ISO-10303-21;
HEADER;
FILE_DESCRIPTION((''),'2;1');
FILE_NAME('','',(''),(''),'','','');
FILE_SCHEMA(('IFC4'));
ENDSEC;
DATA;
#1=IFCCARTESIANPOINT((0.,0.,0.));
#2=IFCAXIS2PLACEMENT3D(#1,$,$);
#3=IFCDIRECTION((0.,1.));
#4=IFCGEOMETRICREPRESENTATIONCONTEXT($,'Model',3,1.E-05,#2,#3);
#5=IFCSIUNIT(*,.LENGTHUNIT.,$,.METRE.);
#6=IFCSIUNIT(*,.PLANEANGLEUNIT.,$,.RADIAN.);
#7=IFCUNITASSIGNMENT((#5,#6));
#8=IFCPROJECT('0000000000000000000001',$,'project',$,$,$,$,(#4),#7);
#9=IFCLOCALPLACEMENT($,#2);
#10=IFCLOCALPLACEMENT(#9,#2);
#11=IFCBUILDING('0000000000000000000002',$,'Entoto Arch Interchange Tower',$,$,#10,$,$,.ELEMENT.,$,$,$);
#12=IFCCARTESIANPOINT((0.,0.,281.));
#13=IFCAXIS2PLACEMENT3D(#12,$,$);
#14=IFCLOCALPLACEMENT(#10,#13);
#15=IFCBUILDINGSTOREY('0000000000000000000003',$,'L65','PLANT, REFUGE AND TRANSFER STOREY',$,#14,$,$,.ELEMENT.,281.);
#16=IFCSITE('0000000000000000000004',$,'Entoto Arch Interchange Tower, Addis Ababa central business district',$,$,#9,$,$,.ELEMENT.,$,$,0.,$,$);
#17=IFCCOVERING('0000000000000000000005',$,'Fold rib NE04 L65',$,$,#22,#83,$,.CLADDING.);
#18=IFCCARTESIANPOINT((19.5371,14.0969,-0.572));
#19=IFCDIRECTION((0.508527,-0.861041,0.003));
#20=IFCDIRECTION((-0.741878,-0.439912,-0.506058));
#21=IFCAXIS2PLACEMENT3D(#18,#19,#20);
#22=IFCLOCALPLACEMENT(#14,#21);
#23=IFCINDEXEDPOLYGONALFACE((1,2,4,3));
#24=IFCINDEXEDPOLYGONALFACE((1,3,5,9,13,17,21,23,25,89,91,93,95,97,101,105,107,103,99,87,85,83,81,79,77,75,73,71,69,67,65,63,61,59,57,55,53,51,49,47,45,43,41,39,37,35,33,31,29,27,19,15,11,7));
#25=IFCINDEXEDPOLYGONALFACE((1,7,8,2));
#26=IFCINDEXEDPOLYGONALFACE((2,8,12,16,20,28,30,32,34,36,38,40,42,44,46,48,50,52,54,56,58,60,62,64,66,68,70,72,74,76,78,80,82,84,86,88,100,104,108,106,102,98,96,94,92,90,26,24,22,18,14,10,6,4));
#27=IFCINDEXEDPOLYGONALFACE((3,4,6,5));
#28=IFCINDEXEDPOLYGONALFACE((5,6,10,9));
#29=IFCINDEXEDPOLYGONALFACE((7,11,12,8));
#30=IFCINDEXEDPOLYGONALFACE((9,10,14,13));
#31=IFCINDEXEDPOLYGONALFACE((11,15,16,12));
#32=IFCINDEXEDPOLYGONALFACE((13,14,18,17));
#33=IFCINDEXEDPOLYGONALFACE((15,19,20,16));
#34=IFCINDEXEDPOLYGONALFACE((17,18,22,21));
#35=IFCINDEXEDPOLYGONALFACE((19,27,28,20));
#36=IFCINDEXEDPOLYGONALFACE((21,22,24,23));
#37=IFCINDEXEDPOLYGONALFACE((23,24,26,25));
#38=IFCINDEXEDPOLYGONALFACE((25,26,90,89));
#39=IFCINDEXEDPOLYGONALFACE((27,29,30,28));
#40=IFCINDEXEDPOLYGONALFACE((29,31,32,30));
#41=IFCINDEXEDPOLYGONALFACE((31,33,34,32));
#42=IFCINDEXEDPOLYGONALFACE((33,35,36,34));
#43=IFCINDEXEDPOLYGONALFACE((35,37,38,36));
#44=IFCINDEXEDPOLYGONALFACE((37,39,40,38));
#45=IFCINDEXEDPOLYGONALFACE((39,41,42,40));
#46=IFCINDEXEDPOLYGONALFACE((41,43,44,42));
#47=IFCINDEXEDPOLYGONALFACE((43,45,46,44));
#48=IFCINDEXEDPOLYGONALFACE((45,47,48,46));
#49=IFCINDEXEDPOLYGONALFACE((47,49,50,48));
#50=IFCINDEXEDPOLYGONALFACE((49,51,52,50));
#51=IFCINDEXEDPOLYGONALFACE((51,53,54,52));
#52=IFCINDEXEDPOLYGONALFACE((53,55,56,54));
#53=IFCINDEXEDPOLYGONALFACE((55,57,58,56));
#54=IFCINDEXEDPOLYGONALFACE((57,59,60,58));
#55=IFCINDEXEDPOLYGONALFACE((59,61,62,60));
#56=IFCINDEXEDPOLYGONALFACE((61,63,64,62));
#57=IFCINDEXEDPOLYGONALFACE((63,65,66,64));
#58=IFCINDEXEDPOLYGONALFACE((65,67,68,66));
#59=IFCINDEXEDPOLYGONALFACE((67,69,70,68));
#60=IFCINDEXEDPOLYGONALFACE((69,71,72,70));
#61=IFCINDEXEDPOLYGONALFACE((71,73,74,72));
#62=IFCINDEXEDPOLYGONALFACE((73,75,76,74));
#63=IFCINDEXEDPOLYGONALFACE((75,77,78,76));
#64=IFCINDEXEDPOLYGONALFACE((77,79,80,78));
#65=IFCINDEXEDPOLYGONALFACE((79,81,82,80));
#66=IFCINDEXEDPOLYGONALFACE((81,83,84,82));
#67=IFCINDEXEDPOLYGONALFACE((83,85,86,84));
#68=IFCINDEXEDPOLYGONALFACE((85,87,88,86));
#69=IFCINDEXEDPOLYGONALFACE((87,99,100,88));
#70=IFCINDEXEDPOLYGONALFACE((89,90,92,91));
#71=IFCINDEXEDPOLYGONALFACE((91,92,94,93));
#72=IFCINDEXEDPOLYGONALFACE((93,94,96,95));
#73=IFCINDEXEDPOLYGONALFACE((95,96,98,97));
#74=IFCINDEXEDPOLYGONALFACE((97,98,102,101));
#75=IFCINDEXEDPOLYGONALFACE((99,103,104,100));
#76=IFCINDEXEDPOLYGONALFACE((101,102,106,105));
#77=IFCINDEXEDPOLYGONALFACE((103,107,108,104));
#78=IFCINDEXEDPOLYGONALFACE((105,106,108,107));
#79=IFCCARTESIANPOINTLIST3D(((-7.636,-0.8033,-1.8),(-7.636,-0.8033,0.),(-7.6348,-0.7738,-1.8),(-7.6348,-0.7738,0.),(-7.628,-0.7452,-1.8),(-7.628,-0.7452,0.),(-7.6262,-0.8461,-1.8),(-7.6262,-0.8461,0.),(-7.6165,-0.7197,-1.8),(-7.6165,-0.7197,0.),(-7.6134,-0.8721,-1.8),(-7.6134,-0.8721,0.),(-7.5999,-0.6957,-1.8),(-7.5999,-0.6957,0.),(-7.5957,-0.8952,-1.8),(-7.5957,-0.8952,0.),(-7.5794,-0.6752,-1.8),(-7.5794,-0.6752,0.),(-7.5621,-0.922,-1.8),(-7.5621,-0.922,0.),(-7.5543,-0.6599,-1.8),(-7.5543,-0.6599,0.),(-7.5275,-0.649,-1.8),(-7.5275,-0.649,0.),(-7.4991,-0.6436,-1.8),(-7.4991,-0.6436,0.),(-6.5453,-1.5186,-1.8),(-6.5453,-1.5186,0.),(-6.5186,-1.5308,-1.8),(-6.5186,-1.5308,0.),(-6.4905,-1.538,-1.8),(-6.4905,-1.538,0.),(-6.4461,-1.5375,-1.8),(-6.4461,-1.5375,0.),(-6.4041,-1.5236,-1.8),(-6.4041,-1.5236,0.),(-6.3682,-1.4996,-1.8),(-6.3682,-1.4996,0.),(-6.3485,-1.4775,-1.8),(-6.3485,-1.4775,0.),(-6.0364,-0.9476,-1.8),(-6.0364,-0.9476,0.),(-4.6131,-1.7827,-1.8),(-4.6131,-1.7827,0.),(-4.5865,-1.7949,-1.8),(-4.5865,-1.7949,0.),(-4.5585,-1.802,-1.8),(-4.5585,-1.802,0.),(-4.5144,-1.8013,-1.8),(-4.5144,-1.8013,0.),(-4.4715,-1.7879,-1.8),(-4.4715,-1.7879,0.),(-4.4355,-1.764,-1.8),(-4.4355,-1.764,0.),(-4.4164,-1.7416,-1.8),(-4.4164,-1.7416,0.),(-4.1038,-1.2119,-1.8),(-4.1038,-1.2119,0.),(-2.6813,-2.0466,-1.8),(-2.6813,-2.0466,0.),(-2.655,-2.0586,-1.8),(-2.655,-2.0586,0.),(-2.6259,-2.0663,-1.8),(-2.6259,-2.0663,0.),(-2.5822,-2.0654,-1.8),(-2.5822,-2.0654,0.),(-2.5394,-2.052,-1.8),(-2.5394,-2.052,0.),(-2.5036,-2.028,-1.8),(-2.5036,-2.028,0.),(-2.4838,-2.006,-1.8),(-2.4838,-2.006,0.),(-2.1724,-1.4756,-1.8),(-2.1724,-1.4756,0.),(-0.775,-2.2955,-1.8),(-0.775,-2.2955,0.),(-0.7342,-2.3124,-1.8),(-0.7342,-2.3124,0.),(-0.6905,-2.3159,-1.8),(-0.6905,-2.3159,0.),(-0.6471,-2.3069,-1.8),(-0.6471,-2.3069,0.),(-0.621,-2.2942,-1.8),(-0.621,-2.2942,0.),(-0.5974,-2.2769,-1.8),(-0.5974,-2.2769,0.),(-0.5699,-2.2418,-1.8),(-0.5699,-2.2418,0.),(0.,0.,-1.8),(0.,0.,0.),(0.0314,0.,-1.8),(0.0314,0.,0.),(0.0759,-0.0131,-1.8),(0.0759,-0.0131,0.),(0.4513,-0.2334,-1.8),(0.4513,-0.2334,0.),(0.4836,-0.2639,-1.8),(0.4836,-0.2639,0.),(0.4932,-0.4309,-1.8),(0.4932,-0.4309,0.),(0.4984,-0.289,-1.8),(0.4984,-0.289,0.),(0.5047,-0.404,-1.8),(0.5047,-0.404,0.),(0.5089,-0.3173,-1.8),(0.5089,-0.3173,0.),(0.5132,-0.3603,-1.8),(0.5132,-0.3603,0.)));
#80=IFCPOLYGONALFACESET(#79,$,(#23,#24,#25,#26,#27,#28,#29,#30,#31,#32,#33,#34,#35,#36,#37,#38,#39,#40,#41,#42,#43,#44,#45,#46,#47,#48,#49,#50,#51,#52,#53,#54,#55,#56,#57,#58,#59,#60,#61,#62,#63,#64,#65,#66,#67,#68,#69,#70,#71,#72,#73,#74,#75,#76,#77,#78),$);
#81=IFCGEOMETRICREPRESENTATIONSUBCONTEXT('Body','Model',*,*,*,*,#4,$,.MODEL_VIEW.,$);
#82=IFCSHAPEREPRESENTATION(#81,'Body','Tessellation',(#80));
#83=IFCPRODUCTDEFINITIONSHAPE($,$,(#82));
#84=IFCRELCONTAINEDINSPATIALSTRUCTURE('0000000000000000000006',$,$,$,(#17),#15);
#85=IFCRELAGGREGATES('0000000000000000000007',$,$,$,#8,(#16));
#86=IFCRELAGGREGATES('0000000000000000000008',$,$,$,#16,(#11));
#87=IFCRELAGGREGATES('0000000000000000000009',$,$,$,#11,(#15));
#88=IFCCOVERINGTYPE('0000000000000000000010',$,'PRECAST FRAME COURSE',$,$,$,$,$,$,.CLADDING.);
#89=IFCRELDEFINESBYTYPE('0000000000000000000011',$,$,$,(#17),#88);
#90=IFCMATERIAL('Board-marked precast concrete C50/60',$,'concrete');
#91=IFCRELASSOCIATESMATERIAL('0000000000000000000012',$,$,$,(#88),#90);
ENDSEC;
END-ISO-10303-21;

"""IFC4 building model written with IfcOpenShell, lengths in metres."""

from ifc_helpers import new_model, si_unit, direction, frame, origin, place, context, subcontext, project, spatial, polyline, outline, extrude, material, type_object, element, save


model = new_model("IFC4")

# Units and contexts
model_context = context("Model", 3, precision=1e-05, world=origin(), true_north=direction((0.0, 1.0)))
body_context = subcontext(model_context, "Body", "Model", "MODEL_VIEW")
ifc_project = project(units=[si_unit("LENGTHUNIT", "METRE"), si_unit("PLANEANGLEUNIT", "RADIAN")], contexts=[model_context])

# Site, building, storey
site_placement = place(None, origin())
site = spatial("IfcSite", under=ifc_project, at=site_placement, Name="Entoto Arch Interchange Tower, Addis Ababa central business district", CompositionType="ELEMENT", RefElevation=0.0)
building_placement = place(site_placement, origin())
building = spatial("IfcBuilding", under=site, at=building_placement, Name="Entoto Arch Interchange Tower", CompositionType="ELEMENT")
storey_placement = place(building_placement, frame((0.0, 0.0, 281.0)))
storey = spatial("IfcBuildingStorey", under=building, at=storey_placement, Name="L65", Description="PLANT, REFUGE AND TRANSFER STOREY", CompositionType="ELEMENT", Elevation=281.0)

# Shared definitions
ifc_material_1 = material(Name="Board-marked precast concrete C50/60", Category="concrete")

# Covering
covering_type = type_object("IfcCoveringType", Name="PRECAST FRAME COURSE", PredefinedType="CLADDING", material=ifc_material_1)
covering_placement = place(storey_placement, frame((19.5371, 14.0969, -0.572), z_axis=(0.508527, -0.861041, 0.003), x_axis=(-0.741878, -0.439912, -0.506058)))
element("IfcCovering", 1, at=covering_placement, inside=storey, type_object=covering_type, Name="Fold rib NE04 L65", PredefinedType="CLADDING", context=body_context, shape_type="SweptSolid", body=[
    extrude(outline(polyline([(0.0, 0.0), (0.0314, 0.0), (0.0759, -0.0131), (0.4513, -0.2334), (0.4836, -0.2639), (0.4984, -0.289), (0.5089, -0.3173), (0.5132, -0.3603), (0.5047, -0.404), (0.4932, -0.4309), (-0.5699, -2.2418), (-0.5974, -2.2769), (-0.621, -2.2942), (-0.6471, -2.3069), (-0.6905, -2.3159), (-0.7342, -2.3124), (-0.775, -2.2955), (-2.1724, -1.4756), (-2.4838, -2.006), (-2.5036, -2.028), (-2.5394, -2.052), (-2.5822, -2.0654), (-2.6259, -2.0663), (-2.655, -2.0586), (-2.6813, -2.0466), (-4.1038, -1.2119), (-4.4164, -1.7416), (-4.4355, -1.764), (-4.4715, -1.7879), (-4.5144, -1.8013), (-4.5585, -1.802), (-4.5865, -1.7949), (-4.6131, -1.7827), (-6.0364, -0.9476), (-6.3485, -1.4775), (-6.3682, -1.4996), (-6.4041, -1.5236), (-6.4461, -1.5375), (-6.4905, -1.538), (-6.5186, -1.5308), (-6.5453, -1.5186), (-7.5621, -0.922), (-7.5957, -0.8952), (-7.6134, -0.8721), (-7.6262, -0.8461), (-7.636, -0.8033), (-7.6348, -0.7738), (-7.628, -0.7452), (-7.6165, -0.7197), (-7.5999, -0.6957), (-7.5794, -0.6752), (-7.5543, -0.6599), (-7.5275, -0.649), (-7.4991, -0.6436), (0.0, 0.0)])), origin(), (0.0, 0.0, -1.0), 1.8),
])

save(model, "model.ifc")
